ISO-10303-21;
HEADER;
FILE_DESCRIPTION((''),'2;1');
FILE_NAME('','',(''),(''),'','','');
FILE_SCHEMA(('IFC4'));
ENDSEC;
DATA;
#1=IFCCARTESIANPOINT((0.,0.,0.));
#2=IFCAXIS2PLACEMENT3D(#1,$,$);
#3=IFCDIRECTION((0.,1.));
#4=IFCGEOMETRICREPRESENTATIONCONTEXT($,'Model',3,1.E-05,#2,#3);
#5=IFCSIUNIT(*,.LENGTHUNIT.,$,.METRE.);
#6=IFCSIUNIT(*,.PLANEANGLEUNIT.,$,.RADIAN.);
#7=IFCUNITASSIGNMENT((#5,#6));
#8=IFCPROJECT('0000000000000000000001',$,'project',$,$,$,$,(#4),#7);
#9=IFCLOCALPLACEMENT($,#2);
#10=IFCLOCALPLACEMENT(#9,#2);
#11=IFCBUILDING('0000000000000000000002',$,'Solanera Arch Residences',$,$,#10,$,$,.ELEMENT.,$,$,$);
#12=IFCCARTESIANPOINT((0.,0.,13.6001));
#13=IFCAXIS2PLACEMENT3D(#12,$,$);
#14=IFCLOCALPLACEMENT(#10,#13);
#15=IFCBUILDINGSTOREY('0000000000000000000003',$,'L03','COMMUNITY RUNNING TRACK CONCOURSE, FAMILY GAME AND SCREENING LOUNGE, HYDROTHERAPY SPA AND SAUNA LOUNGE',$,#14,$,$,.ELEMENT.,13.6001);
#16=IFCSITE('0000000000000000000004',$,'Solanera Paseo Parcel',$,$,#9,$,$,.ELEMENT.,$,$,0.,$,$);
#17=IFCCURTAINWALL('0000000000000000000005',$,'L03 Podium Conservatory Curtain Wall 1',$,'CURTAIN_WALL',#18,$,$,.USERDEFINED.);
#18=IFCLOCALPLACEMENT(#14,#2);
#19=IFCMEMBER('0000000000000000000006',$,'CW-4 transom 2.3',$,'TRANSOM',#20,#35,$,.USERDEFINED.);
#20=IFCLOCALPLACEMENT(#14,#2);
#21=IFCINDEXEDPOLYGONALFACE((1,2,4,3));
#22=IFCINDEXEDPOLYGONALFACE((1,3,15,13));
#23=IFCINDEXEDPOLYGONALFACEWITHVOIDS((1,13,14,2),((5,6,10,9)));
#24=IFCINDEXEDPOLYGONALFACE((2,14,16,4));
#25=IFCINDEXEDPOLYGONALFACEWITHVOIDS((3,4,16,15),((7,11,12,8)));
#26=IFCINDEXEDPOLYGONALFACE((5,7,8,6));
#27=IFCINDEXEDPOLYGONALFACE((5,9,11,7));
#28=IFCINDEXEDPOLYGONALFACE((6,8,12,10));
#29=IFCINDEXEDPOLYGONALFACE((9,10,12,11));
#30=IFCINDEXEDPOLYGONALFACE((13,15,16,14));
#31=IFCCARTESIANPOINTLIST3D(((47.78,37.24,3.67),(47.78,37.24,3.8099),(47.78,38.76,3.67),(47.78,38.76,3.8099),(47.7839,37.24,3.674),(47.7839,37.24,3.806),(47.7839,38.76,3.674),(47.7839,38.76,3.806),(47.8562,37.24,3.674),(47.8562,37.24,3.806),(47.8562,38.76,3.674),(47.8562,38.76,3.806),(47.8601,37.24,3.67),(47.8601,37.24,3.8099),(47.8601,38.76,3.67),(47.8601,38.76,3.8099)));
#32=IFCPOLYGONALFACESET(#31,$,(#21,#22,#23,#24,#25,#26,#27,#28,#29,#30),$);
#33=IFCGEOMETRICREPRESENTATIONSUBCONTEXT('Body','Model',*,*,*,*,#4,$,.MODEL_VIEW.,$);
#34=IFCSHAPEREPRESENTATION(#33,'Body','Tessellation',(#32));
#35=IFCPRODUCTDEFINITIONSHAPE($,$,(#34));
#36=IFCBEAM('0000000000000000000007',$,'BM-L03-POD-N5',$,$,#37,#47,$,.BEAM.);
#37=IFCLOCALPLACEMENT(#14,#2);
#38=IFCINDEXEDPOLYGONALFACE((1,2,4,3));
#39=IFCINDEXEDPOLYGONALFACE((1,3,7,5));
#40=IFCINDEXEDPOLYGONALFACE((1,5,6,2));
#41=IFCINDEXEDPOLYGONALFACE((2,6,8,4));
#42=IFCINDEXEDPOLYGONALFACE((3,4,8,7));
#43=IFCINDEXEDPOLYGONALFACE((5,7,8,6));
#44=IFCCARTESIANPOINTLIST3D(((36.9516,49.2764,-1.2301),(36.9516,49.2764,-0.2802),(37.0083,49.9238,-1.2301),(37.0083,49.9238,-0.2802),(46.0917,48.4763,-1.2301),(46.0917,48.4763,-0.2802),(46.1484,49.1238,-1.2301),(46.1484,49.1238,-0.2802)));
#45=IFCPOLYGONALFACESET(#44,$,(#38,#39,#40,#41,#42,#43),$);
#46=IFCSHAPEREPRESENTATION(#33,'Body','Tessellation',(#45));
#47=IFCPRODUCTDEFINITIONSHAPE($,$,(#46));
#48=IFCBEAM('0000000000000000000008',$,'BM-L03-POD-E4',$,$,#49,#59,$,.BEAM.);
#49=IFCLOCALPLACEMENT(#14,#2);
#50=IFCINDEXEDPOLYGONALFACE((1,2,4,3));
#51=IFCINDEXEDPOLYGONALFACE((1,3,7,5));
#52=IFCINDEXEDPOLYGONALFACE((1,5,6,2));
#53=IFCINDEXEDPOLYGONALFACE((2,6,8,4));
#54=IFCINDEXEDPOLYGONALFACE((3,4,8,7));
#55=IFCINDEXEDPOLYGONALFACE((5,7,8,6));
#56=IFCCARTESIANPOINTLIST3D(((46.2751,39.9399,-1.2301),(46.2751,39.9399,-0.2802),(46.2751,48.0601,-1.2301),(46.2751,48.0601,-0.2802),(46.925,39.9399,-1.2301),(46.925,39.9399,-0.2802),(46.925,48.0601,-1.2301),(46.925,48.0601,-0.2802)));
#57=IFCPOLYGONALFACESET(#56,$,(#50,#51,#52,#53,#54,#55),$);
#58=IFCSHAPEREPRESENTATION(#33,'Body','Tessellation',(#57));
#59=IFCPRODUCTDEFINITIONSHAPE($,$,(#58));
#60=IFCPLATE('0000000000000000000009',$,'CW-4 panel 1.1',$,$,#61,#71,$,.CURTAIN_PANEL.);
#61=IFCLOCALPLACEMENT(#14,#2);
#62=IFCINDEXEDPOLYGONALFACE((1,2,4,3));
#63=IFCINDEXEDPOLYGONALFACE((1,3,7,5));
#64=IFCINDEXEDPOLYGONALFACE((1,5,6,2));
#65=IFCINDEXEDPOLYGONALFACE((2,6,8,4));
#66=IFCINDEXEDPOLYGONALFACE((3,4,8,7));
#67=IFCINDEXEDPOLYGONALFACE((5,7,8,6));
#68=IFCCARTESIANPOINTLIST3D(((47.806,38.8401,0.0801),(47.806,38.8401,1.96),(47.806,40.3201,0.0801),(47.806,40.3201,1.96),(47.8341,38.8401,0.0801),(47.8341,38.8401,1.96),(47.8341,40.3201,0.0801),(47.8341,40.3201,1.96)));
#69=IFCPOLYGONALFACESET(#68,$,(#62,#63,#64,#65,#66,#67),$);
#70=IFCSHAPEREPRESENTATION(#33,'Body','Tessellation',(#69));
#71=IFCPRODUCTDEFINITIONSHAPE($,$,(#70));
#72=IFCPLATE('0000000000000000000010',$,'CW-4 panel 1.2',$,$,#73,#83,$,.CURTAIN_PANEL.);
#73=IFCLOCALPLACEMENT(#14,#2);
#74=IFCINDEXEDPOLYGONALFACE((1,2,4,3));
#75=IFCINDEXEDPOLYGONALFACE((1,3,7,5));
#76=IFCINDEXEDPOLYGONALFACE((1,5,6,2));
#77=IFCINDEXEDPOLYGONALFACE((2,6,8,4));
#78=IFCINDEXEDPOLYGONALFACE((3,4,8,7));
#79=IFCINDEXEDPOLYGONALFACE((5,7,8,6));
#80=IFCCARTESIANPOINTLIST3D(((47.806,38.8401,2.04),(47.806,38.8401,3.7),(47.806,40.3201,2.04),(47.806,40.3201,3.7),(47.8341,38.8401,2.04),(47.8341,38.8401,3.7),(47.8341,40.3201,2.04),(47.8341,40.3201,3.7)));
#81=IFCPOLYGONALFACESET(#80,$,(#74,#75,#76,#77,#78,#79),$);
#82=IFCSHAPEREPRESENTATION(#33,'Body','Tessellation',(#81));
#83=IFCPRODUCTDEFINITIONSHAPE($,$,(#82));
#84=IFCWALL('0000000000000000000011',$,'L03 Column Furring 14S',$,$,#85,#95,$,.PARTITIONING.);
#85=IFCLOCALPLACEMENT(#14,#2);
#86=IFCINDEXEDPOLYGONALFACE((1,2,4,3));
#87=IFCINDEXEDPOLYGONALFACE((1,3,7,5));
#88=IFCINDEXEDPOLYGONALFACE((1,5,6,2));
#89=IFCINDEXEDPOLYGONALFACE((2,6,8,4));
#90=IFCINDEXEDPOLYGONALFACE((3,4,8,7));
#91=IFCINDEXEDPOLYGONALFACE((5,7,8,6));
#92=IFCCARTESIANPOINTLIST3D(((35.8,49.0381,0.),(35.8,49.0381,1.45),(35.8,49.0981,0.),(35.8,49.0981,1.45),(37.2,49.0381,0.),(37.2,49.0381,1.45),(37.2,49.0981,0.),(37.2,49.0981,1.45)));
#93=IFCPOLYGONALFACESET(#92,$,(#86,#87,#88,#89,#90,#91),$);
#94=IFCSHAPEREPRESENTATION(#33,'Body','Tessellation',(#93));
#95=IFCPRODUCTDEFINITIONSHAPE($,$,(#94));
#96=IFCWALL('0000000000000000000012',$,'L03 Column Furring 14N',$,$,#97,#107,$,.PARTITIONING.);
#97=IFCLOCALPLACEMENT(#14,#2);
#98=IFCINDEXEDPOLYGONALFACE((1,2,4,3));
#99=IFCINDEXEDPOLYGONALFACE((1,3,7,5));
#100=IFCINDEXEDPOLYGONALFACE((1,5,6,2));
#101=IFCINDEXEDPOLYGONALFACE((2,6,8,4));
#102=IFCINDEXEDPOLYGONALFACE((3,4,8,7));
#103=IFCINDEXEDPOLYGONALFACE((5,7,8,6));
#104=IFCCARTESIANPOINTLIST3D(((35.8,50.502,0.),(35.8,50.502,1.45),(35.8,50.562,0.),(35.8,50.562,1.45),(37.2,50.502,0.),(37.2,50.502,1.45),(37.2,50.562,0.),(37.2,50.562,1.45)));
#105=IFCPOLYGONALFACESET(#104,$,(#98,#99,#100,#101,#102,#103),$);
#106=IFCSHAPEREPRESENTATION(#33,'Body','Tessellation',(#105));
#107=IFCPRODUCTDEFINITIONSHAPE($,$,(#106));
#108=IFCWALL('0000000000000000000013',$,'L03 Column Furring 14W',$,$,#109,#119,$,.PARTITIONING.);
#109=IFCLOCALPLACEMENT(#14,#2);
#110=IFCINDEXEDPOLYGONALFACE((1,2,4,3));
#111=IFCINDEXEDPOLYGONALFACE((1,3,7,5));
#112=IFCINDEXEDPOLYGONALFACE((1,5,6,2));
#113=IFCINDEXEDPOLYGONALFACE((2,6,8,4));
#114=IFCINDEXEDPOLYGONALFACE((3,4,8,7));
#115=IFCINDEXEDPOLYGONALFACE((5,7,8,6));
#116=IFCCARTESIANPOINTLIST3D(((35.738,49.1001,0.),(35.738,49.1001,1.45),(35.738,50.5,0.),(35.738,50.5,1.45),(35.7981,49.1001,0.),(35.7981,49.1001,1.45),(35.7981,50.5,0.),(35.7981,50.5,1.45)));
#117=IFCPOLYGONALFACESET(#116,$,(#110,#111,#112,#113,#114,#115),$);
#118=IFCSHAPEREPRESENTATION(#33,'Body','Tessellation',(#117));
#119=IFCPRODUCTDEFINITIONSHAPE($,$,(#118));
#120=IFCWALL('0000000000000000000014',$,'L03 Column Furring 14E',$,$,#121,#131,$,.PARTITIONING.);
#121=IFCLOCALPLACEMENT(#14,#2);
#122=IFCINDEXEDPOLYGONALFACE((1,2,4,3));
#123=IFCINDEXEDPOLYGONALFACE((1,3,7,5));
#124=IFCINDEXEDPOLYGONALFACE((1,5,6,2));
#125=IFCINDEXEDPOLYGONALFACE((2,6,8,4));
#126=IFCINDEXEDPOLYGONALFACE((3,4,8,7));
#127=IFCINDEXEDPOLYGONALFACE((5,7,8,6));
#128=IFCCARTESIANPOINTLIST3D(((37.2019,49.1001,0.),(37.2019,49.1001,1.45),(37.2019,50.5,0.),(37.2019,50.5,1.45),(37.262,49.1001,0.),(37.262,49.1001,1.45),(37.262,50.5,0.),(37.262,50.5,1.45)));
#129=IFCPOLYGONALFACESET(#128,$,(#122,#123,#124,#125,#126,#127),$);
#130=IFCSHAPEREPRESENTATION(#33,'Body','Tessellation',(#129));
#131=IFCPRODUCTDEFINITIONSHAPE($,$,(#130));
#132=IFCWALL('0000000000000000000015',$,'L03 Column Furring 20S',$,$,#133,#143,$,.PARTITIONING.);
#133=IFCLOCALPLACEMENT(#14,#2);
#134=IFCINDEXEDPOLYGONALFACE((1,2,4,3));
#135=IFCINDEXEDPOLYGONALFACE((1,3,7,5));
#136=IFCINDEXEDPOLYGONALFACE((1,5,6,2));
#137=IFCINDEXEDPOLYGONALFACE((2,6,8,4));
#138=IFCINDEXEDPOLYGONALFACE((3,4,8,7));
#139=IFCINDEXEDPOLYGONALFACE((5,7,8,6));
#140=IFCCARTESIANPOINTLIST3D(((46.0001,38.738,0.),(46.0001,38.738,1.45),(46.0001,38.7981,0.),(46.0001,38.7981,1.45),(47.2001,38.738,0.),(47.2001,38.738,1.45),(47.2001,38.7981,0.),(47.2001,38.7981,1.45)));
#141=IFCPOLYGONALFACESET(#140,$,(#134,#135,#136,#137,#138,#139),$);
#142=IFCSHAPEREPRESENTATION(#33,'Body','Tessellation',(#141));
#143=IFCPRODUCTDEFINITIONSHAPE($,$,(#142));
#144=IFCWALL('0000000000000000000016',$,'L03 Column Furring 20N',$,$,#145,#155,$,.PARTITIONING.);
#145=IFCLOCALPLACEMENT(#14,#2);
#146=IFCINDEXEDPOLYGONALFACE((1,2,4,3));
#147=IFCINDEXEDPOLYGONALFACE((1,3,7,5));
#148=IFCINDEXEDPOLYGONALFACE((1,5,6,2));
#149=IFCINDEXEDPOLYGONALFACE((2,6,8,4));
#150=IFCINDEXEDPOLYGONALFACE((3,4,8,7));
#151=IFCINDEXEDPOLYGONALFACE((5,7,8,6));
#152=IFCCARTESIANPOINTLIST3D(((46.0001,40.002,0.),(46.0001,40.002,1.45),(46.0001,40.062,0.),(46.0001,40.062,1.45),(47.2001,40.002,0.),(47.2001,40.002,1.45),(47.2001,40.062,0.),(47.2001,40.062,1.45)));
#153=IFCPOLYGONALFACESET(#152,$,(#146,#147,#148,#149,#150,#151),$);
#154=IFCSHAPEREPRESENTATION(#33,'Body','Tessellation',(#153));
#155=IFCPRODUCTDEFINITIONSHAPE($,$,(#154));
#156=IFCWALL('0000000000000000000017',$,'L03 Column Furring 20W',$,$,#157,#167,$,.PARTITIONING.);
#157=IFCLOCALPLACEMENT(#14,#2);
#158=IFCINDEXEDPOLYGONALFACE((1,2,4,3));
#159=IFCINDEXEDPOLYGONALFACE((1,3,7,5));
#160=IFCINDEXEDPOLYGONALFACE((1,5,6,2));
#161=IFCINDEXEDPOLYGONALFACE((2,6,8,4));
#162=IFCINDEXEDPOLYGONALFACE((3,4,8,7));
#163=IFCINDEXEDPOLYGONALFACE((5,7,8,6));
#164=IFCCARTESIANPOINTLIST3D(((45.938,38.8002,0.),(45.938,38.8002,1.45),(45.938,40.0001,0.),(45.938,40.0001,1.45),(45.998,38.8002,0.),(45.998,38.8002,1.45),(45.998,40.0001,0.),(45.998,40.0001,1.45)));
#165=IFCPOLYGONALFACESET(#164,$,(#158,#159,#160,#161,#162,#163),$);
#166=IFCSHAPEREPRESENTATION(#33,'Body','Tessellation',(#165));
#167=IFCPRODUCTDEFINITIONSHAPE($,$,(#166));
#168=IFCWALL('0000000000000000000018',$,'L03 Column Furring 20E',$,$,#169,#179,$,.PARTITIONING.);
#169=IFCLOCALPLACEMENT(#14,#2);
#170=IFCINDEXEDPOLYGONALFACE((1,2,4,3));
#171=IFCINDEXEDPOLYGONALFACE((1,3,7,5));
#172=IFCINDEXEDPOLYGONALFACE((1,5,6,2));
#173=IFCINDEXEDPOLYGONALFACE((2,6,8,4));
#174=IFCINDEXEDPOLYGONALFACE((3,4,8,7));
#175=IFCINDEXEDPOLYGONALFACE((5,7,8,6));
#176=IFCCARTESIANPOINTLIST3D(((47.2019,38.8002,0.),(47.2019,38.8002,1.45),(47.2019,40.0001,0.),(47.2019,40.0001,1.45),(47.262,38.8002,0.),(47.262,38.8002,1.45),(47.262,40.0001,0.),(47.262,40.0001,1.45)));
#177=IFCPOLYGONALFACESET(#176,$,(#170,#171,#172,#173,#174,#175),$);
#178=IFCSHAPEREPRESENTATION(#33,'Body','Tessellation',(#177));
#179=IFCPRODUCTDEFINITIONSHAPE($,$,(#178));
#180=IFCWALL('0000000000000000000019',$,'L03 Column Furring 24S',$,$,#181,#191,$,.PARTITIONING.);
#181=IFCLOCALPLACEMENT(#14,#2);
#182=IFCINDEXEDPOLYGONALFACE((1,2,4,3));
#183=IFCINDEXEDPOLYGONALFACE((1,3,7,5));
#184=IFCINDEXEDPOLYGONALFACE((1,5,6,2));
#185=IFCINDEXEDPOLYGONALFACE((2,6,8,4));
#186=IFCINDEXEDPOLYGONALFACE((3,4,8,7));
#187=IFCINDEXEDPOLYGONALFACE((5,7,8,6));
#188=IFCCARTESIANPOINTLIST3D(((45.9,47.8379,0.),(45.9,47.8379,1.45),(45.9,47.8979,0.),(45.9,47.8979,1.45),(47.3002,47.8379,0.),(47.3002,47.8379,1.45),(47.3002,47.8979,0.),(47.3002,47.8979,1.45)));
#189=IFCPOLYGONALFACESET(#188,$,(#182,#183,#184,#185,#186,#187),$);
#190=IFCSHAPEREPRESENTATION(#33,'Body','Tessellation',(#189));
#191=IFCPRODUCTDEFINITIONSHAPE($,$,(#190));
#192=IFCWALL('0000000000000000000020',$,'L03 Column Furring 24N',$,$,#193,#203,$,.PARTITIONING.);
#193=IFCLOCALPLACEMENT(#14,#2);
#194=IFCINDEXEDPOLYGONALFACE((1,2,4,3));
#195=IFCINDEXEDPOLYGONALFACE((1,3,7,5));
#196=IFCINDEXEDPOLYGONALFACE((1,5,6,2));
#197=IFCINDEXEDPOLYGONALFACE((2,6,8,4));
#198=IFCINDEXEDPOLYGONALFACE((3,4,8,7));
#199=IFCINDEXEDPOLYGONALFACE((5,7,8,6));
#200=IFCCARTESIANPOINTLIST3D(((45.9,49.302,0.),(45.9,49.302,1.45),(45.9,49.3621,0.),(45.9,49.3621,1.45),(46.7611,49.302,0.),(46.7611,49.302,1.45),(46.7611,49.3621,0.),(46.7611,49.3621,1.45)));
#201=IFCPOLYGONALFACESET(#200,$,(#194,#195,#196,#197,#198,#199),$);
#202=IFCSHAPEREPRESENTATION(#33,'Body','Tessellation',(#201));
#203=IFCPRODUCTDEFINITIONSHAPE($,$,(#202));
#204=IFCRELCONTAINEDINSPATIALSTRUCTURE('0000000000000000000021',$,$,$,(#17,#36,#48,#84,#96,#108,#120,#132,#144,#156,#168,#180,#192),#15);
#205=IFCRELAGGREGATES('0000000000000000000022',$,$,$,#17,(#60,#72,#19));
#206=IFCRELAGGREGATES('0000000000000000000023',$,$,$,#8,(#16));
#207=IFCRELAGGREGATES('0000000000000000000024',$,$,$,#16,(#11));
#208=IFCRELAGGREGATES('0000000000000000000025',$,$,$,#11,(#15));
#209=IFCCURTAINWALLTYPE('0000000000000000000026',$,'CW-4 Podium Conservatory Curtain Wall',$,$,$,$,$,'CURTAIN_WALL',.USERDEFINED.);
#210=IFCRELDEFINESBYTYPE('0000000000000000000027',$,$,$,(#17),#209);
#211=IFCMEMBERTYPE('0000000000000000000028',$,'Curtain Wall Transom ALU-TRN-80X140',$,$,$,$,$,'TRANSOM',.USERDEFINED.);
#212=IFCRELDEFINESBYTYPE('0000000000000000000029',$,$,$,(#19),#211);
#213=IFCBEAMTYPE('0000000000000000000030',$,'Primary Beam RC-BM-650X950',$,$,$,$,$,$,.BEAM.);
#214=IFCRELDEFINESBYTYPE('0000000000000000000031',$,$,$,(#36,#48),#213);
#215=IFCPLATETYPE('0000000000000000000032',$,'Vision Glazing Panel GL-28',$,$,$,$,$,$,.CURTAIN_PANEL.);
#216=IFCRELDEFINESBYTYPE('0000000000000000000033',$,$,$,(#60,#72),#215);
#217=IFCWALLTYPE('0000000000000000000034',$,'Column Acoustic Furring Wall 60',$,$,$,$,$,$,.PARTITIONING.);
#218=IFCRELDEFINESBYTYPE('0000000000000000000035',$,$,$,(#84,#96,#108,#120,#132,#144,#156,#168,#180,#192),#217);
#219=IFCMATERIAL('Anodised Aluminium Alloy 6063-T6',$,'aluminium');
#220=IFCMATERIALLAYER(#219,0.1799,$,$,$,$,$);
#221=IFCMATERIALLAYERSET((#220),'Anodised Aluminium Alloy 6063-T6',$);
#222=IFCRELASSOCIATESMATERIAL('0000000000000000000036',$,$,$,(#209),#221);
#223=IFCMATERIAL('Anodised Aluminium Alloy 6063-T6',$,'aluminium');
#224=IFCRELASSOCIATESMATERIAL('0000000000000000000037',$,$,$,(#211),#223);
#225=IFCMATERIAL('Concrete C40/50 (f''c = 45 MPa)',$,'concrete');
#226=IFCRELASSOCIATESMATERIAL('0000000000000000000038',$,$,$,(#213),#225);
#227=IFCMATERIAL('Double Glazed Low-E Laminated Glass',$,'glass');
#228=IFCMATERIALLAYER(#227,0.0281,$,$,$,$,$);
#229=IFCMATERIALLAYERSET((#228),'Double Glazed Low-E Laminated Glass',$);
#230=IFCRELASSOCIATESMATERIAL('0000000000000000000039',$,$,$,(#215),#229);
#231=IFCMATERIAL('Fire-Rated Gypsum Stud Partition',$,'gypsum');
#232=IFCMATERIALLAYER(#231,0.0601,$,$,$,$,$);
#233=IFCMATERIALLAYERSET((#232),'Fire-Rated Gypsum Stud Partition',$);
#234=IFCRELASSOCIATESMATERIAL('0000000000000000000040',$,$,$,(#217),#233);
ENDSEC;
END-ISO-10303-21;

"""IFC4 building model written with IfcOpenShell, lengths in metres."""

from ifc_helpers import new_model, si_unit, direction, frame, frame_2d, origin, origin_2d, place, context, subcontext, project, spatial, rectangle, hollow_rectangle, extrude, material, layer, layer_set, material_profile, profile_set, type_object, element, aggregate, save


model = new_model("IFC4")

# Units and contexts
model_context = context("Model", 3, precision=1e-05, world=origin(), true_north=direction((0.0, 1.0)))
body_context = subcontext(model_context, "Body", "Model", "MODEL_VIEW")
ifc_project = project(units=[si_unit("LENGTHUNIT", "METRE"), si_unit("PLANEANGLEUNIT", "RADIAN")], contexts=[model_context])

# Site, building, storey
site_placement = place(None, origin())
site = spatial("IfcSite", under=ifc_project, at=site_placement, Name="Solanera Paseo Parcel", CompositionType="ELEMENT", RefElevation=0.0)
building_placement = place(site_placement, origin())
building = spatial("IfcBuilding", under=site, at=building_placement, Name="Solanera Arch Residences", CompositionType="ELEMENT")
storey_placement = place(building_placement, frame((0.0, 0.0, 13.6001)))
storey = spatial("IfcBuildingStorey", under=building, at=storey_placement, Name="L03", Description="COMMUNITY RUNNING TRACK CONCOURSE, FAMILY GAME AND SCREENING LOUNGE, HYDROTHERAPY SPA AND SAUNA LOUNGE", CompositionType="ELEMENT", Elevation=13.6001)

# Curtain wall, member
ifc_material_1 = material(Name="Anodised Aluminium Alloy 6063-T6", Category="aluminium")
ifc_layer_1 = layer(ifc_material_1, 0.1799)
ifc_layer_set_1 = layer_set([ifc_layer_1], Name="Anodised Aluminium Alloy 6063-T6")
curtain_wall_type = type_object("IfcCurtainWallType", Name="CW-4 Podium Conservatory Curtain Wall", ElementType="CURTAIN_WALL", PredefinedType="USERDEFINED", material=ifc_layer_set_1)
curtain_wall_placement = place(storey_placement, origin())
curtain_wall = element("IfcCurtainWall", 1, at=curtain_wall_placement, inside=storey, type_object=curtain_wall_type, Name="L03 Podium Conservatory Curtain Wall 1", ObjectType="CURTAIN_WALL", PredefinedType="USERDEFINED")
ifc_material_2 = material(Name="Anodised Aluminium Alloy 6063-T6", Category="aluminium")
ifc_material_profile_1 = material_profile(ifc_material_2, hollow_rectangle(XDim=0.0801, YDim=0.1399, WallThickness=0.0039, at=origin_2d()))
ifc_profile_set_1 = profile_set([ifc_material_profile_1], Name="Anodised Aluminium Alloy 6063-T6")
member_type_1 = type_object("IfcMemberType", Name="Curtain Wall Transom ALU-TRN-80X140", ElementType="TRANSOM", PredefinedType="USERDEFINED", material=ifc_profile_set_1)
member_1_placement = place(storey_placement, frame((47.8201, 38.76, 3.74), z_axis=(0.0, -1.0, 0.0), x_axis=(1.0, 0.0, 0.0)))
member_1 = element("IfcMember", 2, at=member_1_placement, type_object=member_type_1, Name="CW-4 transom 2.3", ObjectType="TRANSOM", PredefinedType="USERDEFINED", context=body_context, shape_type="SweptSolid", body=[
    extrude(hollow_rectangle(XDim=0.0801, YDim=0.1399, WallThickness=0.0039, at=origin_2d()), origin(), (0.0, 0.0, 1.0), 1.52),
])

# Beams
ifc_material_3 = material(Name="Concrete C40/50 (f'c = 45 MPa)", Category="concrete")
ifc_material_profile_2 = material_profile(ifc_material_3, rectangle(XDim=0.6499, YDim=0.95, at=origin_2d()))
ifc_profile_set_2 = profile_set([ifc_material_profile_2], Name="Concrete C40/50 (f'c = 45 MPa)")
beam_type = type_object("IfcBeamType", Name="Primary Beam RC-BM-650X950", PredefinedType="BEAM", material=ifc_profile_set_2)
beam_1_placement = place(storey_placement, frame((36.98, 49.6001, -0.7551), z_axis=(0.996191, -0.087198, 0.0), x_axis=(0.087198, 0.996191, 0.0)))
element("IfcBeam", 3, at=beam_1_placement, inside=storey, type_object=beam_type, Name="BM-L03-POD-N5", PredefinedType="BEAM", context=body_context, shape_type="SweptSolid", body=[
    extrude(rectangle(XDim=0.6499, YDim=0.95, at=origin_2d()), origin(), (0.0, 0.0, 1.0), 9.175),
])
beam_2_placement = place(storey_placement, frame((46.6001, 39.9399, -0.7551), z_axis=(0.0, 1.0, 0.0), x_axis=(-1.0, 0.0, 0.0)))
element("IfcBeam", 4, at=beam_2_placement, inside=storey, type_object=beam_type, Name="BM-L03-POD-E4", PredefinedType="BEAM", context=body_context, shape_type="SweptSolid", body=[
    extrude(rectangle(XDim=0.6499, YDim=0.95, at=origin_2d()), origin(), (0.0, 0.0, 1.0), 8.1201),
])

# Plates
ifc_material_4 = material(Name="Double Glazed Low-E Laminated Glass", Category="glass")
ifc_layer_2 = layer(ifc_material_4, 0.0281)
ifc_layer_set_2 = layer_set([ifc_layer_2], Name="Double Glazed Low-E Laminated Glass")
plate_type = type_object("IfcPlateType", Name="Vision Glazing Panel GL-28", PredefinedType="CURTAIN_PANEL", material=ifc_layer_set_2)
plate_1_placement = place(storey_placement, frame((47.8201, 39.5801, 0.0801), z_axis=(0.0, 0.0, 1.0), x_axis=(0.0, -1.0, 0.0)))
plate_1 = element("IfcPlate", 5, at=plate_1_placement, type_object=plate_type, Name="CW-4 panel 1.1", PredefinedType="CURTAIN_PANEL", context=body_context, shape_type="SweptSolid", body=[
    extrude(rectangle(XDim=1.48, YDim=0.0281, at=origin_2d()), origin(), (0.0, 0.0, 1.0), 1.8799),
])
plate_2_placement = place(storey_placement, frame((47.8201, 39.5801, 2.04), z_axis=(0.0, 0.0, 1.0), x_axis=(0.0, -1.0, 0.0)))
plate_2 = element("IfcPlate", 6, at=plate_2_placement, type_object=plate_type, Name="CW-4 panel 1.2", PredefinedType="CURTAIN_PANEL", context=body_context, shape_type="SweptSolid", body=[
    extrude(rectangle(XDim=1.48, YDim=0.0281, at=origin_2d()), origin(), (0.0, 0.0, 1.0), 1.6599),
])
aggregate(curtain_wall, [plate_1, plate_2, member_1])

# Walls
ifc_material_5 = material(Name="Fire-Rated Gypsum Stud Partition", Category="gypsum")
ifc_layer_3 = layer(ifc_material_5, 0.0601)
ifc_layer_set_3 = layer_set([ifc_layer_3], Name="Fire-Rated Gypsum Stud Partition")
wall_type_1 = type_object("IfcWallType", Name="Column Acoustic Furring Wall 60", PredefinedType="PARTITIONING", material=ifc_layer_set_3)
for number, where, z_axis, x_axis, name in (
    (7, (35.8, 49.0681, 0.0), (0.0, 0.0, 1.0), (1.0, 0.0, 0.0), "L03 Column Furring 14S"),
    (8, (35.8, 50.532, 0.0), (0.0, 0.0, 1.0), (1.0, 0.0, 0.0), "L03 Column Furring 14N"),
    (9, (35.7681, 49.1001, 0.0), (0.0, 0.0, 1.0), (0.0, 1.0, 0.0), "L03 Column Furring 14W"),
    (10, (37.2319, 49.1001, 0.0), (0.0, 0.0, 1.0), (0.0, 1.0, 0.0), "L03 Column Furring 14E"),
):
    element("IfcWall", number, at=place(storey_placement, frame(where, z_axis=z_axis, x_axis=x_axis)), inside=storey, type_object=wall_type_1, Name=name, PredefinedType="PARTITIONING", context=body_context, shape_type="SweptSolid", body=[
        extrude(rectangle(XDim=1.3999, YDim=0.0601, at=frame_2d((0.7, 0.0))), origin(), (0.0, 0.0, 1.0), 1.45),
    ])
for number, where, z_axis, x_axis, name in (
    (11, (46.0, 38.7681, 0.0), (0.0, 0.0, 1.0), (1.0, 0.0, 0.0), "L03 Column Furring 20S"),
    (12, (46.0, 40.032, 0.0), (0.0, 0.0, 1.0), (1.0, 0.0, 0.0), "L03 Column Furring 20N"),
    (13, (45.968, 38.8, 0.0), (0.0, 0.0, 1.0), (0.0, 1.0, 0.0), "L03 Column Furring 20W"),
    (14, (47.2319, 38.8, 0.0), (0.0, 0.0, 1.0), (0.0, 1.0, 0.0), "L03 Column Furring 20E"),
):
    element("IfcWall", number, at=place(storey_placement, frame(where, z_axis=z_axis, x_axis=x_axis)), inside=storey, type_object=wall_type_1, Name=name, PredefinedType="PARTITIONING", context=body_context, shape_type="SweptSolid", body=[
        extrude(rectangle(XDim=1.2, YDim=0.0601, at=frame_2d((0.6001, 0.0))), origin(), (0.0, 0.0, 1.0), 1.45),
    ])
wall_1_placement = place(storey_placement, frame((45.8999, 47.8679, 0.0), z_axis=(0.0, 0.0, 1.0), x_axis=(1.0, 0.0, 0.0)))
element("IfcWall", 15, at=wall_1_placement, inside=storey, type_object=wall_type_1, Name="L03 Column Furring 24S", PredefinedType="PARTITIONING", context=body_context, shape_type="SweptSolid", body=[
    extrude(rectangle(XDim=1.4001, YDim=0.0601, at=frame_2d((0.7002, 0.0))), origin(), (0.0, 0.0, 1.0), 1.45),
])
wall_2_placement = place(storey_placement, frame((45.8999, 49.332, 0.0), z_axis=(0.0, 0.0, 1.0), x_axis=(1.0, 0.0, 0.0)))
element("IfcWall", 16, at=wall_2_placement, inside=storey, type_object=wall_type_1, Name="L03 Column Furring 24N", PredefinedType="PARTITIONING", context=body_context, shape_type="SweptSolid", body=[
    extrude(rectangle(XDim=0.8611, YDim=0.0601, at=frame_2d((0.4307, 0.0))), origin(), (0.0, 0.0, 1.0), 1.45),
])

save(model, "model.ifc")
